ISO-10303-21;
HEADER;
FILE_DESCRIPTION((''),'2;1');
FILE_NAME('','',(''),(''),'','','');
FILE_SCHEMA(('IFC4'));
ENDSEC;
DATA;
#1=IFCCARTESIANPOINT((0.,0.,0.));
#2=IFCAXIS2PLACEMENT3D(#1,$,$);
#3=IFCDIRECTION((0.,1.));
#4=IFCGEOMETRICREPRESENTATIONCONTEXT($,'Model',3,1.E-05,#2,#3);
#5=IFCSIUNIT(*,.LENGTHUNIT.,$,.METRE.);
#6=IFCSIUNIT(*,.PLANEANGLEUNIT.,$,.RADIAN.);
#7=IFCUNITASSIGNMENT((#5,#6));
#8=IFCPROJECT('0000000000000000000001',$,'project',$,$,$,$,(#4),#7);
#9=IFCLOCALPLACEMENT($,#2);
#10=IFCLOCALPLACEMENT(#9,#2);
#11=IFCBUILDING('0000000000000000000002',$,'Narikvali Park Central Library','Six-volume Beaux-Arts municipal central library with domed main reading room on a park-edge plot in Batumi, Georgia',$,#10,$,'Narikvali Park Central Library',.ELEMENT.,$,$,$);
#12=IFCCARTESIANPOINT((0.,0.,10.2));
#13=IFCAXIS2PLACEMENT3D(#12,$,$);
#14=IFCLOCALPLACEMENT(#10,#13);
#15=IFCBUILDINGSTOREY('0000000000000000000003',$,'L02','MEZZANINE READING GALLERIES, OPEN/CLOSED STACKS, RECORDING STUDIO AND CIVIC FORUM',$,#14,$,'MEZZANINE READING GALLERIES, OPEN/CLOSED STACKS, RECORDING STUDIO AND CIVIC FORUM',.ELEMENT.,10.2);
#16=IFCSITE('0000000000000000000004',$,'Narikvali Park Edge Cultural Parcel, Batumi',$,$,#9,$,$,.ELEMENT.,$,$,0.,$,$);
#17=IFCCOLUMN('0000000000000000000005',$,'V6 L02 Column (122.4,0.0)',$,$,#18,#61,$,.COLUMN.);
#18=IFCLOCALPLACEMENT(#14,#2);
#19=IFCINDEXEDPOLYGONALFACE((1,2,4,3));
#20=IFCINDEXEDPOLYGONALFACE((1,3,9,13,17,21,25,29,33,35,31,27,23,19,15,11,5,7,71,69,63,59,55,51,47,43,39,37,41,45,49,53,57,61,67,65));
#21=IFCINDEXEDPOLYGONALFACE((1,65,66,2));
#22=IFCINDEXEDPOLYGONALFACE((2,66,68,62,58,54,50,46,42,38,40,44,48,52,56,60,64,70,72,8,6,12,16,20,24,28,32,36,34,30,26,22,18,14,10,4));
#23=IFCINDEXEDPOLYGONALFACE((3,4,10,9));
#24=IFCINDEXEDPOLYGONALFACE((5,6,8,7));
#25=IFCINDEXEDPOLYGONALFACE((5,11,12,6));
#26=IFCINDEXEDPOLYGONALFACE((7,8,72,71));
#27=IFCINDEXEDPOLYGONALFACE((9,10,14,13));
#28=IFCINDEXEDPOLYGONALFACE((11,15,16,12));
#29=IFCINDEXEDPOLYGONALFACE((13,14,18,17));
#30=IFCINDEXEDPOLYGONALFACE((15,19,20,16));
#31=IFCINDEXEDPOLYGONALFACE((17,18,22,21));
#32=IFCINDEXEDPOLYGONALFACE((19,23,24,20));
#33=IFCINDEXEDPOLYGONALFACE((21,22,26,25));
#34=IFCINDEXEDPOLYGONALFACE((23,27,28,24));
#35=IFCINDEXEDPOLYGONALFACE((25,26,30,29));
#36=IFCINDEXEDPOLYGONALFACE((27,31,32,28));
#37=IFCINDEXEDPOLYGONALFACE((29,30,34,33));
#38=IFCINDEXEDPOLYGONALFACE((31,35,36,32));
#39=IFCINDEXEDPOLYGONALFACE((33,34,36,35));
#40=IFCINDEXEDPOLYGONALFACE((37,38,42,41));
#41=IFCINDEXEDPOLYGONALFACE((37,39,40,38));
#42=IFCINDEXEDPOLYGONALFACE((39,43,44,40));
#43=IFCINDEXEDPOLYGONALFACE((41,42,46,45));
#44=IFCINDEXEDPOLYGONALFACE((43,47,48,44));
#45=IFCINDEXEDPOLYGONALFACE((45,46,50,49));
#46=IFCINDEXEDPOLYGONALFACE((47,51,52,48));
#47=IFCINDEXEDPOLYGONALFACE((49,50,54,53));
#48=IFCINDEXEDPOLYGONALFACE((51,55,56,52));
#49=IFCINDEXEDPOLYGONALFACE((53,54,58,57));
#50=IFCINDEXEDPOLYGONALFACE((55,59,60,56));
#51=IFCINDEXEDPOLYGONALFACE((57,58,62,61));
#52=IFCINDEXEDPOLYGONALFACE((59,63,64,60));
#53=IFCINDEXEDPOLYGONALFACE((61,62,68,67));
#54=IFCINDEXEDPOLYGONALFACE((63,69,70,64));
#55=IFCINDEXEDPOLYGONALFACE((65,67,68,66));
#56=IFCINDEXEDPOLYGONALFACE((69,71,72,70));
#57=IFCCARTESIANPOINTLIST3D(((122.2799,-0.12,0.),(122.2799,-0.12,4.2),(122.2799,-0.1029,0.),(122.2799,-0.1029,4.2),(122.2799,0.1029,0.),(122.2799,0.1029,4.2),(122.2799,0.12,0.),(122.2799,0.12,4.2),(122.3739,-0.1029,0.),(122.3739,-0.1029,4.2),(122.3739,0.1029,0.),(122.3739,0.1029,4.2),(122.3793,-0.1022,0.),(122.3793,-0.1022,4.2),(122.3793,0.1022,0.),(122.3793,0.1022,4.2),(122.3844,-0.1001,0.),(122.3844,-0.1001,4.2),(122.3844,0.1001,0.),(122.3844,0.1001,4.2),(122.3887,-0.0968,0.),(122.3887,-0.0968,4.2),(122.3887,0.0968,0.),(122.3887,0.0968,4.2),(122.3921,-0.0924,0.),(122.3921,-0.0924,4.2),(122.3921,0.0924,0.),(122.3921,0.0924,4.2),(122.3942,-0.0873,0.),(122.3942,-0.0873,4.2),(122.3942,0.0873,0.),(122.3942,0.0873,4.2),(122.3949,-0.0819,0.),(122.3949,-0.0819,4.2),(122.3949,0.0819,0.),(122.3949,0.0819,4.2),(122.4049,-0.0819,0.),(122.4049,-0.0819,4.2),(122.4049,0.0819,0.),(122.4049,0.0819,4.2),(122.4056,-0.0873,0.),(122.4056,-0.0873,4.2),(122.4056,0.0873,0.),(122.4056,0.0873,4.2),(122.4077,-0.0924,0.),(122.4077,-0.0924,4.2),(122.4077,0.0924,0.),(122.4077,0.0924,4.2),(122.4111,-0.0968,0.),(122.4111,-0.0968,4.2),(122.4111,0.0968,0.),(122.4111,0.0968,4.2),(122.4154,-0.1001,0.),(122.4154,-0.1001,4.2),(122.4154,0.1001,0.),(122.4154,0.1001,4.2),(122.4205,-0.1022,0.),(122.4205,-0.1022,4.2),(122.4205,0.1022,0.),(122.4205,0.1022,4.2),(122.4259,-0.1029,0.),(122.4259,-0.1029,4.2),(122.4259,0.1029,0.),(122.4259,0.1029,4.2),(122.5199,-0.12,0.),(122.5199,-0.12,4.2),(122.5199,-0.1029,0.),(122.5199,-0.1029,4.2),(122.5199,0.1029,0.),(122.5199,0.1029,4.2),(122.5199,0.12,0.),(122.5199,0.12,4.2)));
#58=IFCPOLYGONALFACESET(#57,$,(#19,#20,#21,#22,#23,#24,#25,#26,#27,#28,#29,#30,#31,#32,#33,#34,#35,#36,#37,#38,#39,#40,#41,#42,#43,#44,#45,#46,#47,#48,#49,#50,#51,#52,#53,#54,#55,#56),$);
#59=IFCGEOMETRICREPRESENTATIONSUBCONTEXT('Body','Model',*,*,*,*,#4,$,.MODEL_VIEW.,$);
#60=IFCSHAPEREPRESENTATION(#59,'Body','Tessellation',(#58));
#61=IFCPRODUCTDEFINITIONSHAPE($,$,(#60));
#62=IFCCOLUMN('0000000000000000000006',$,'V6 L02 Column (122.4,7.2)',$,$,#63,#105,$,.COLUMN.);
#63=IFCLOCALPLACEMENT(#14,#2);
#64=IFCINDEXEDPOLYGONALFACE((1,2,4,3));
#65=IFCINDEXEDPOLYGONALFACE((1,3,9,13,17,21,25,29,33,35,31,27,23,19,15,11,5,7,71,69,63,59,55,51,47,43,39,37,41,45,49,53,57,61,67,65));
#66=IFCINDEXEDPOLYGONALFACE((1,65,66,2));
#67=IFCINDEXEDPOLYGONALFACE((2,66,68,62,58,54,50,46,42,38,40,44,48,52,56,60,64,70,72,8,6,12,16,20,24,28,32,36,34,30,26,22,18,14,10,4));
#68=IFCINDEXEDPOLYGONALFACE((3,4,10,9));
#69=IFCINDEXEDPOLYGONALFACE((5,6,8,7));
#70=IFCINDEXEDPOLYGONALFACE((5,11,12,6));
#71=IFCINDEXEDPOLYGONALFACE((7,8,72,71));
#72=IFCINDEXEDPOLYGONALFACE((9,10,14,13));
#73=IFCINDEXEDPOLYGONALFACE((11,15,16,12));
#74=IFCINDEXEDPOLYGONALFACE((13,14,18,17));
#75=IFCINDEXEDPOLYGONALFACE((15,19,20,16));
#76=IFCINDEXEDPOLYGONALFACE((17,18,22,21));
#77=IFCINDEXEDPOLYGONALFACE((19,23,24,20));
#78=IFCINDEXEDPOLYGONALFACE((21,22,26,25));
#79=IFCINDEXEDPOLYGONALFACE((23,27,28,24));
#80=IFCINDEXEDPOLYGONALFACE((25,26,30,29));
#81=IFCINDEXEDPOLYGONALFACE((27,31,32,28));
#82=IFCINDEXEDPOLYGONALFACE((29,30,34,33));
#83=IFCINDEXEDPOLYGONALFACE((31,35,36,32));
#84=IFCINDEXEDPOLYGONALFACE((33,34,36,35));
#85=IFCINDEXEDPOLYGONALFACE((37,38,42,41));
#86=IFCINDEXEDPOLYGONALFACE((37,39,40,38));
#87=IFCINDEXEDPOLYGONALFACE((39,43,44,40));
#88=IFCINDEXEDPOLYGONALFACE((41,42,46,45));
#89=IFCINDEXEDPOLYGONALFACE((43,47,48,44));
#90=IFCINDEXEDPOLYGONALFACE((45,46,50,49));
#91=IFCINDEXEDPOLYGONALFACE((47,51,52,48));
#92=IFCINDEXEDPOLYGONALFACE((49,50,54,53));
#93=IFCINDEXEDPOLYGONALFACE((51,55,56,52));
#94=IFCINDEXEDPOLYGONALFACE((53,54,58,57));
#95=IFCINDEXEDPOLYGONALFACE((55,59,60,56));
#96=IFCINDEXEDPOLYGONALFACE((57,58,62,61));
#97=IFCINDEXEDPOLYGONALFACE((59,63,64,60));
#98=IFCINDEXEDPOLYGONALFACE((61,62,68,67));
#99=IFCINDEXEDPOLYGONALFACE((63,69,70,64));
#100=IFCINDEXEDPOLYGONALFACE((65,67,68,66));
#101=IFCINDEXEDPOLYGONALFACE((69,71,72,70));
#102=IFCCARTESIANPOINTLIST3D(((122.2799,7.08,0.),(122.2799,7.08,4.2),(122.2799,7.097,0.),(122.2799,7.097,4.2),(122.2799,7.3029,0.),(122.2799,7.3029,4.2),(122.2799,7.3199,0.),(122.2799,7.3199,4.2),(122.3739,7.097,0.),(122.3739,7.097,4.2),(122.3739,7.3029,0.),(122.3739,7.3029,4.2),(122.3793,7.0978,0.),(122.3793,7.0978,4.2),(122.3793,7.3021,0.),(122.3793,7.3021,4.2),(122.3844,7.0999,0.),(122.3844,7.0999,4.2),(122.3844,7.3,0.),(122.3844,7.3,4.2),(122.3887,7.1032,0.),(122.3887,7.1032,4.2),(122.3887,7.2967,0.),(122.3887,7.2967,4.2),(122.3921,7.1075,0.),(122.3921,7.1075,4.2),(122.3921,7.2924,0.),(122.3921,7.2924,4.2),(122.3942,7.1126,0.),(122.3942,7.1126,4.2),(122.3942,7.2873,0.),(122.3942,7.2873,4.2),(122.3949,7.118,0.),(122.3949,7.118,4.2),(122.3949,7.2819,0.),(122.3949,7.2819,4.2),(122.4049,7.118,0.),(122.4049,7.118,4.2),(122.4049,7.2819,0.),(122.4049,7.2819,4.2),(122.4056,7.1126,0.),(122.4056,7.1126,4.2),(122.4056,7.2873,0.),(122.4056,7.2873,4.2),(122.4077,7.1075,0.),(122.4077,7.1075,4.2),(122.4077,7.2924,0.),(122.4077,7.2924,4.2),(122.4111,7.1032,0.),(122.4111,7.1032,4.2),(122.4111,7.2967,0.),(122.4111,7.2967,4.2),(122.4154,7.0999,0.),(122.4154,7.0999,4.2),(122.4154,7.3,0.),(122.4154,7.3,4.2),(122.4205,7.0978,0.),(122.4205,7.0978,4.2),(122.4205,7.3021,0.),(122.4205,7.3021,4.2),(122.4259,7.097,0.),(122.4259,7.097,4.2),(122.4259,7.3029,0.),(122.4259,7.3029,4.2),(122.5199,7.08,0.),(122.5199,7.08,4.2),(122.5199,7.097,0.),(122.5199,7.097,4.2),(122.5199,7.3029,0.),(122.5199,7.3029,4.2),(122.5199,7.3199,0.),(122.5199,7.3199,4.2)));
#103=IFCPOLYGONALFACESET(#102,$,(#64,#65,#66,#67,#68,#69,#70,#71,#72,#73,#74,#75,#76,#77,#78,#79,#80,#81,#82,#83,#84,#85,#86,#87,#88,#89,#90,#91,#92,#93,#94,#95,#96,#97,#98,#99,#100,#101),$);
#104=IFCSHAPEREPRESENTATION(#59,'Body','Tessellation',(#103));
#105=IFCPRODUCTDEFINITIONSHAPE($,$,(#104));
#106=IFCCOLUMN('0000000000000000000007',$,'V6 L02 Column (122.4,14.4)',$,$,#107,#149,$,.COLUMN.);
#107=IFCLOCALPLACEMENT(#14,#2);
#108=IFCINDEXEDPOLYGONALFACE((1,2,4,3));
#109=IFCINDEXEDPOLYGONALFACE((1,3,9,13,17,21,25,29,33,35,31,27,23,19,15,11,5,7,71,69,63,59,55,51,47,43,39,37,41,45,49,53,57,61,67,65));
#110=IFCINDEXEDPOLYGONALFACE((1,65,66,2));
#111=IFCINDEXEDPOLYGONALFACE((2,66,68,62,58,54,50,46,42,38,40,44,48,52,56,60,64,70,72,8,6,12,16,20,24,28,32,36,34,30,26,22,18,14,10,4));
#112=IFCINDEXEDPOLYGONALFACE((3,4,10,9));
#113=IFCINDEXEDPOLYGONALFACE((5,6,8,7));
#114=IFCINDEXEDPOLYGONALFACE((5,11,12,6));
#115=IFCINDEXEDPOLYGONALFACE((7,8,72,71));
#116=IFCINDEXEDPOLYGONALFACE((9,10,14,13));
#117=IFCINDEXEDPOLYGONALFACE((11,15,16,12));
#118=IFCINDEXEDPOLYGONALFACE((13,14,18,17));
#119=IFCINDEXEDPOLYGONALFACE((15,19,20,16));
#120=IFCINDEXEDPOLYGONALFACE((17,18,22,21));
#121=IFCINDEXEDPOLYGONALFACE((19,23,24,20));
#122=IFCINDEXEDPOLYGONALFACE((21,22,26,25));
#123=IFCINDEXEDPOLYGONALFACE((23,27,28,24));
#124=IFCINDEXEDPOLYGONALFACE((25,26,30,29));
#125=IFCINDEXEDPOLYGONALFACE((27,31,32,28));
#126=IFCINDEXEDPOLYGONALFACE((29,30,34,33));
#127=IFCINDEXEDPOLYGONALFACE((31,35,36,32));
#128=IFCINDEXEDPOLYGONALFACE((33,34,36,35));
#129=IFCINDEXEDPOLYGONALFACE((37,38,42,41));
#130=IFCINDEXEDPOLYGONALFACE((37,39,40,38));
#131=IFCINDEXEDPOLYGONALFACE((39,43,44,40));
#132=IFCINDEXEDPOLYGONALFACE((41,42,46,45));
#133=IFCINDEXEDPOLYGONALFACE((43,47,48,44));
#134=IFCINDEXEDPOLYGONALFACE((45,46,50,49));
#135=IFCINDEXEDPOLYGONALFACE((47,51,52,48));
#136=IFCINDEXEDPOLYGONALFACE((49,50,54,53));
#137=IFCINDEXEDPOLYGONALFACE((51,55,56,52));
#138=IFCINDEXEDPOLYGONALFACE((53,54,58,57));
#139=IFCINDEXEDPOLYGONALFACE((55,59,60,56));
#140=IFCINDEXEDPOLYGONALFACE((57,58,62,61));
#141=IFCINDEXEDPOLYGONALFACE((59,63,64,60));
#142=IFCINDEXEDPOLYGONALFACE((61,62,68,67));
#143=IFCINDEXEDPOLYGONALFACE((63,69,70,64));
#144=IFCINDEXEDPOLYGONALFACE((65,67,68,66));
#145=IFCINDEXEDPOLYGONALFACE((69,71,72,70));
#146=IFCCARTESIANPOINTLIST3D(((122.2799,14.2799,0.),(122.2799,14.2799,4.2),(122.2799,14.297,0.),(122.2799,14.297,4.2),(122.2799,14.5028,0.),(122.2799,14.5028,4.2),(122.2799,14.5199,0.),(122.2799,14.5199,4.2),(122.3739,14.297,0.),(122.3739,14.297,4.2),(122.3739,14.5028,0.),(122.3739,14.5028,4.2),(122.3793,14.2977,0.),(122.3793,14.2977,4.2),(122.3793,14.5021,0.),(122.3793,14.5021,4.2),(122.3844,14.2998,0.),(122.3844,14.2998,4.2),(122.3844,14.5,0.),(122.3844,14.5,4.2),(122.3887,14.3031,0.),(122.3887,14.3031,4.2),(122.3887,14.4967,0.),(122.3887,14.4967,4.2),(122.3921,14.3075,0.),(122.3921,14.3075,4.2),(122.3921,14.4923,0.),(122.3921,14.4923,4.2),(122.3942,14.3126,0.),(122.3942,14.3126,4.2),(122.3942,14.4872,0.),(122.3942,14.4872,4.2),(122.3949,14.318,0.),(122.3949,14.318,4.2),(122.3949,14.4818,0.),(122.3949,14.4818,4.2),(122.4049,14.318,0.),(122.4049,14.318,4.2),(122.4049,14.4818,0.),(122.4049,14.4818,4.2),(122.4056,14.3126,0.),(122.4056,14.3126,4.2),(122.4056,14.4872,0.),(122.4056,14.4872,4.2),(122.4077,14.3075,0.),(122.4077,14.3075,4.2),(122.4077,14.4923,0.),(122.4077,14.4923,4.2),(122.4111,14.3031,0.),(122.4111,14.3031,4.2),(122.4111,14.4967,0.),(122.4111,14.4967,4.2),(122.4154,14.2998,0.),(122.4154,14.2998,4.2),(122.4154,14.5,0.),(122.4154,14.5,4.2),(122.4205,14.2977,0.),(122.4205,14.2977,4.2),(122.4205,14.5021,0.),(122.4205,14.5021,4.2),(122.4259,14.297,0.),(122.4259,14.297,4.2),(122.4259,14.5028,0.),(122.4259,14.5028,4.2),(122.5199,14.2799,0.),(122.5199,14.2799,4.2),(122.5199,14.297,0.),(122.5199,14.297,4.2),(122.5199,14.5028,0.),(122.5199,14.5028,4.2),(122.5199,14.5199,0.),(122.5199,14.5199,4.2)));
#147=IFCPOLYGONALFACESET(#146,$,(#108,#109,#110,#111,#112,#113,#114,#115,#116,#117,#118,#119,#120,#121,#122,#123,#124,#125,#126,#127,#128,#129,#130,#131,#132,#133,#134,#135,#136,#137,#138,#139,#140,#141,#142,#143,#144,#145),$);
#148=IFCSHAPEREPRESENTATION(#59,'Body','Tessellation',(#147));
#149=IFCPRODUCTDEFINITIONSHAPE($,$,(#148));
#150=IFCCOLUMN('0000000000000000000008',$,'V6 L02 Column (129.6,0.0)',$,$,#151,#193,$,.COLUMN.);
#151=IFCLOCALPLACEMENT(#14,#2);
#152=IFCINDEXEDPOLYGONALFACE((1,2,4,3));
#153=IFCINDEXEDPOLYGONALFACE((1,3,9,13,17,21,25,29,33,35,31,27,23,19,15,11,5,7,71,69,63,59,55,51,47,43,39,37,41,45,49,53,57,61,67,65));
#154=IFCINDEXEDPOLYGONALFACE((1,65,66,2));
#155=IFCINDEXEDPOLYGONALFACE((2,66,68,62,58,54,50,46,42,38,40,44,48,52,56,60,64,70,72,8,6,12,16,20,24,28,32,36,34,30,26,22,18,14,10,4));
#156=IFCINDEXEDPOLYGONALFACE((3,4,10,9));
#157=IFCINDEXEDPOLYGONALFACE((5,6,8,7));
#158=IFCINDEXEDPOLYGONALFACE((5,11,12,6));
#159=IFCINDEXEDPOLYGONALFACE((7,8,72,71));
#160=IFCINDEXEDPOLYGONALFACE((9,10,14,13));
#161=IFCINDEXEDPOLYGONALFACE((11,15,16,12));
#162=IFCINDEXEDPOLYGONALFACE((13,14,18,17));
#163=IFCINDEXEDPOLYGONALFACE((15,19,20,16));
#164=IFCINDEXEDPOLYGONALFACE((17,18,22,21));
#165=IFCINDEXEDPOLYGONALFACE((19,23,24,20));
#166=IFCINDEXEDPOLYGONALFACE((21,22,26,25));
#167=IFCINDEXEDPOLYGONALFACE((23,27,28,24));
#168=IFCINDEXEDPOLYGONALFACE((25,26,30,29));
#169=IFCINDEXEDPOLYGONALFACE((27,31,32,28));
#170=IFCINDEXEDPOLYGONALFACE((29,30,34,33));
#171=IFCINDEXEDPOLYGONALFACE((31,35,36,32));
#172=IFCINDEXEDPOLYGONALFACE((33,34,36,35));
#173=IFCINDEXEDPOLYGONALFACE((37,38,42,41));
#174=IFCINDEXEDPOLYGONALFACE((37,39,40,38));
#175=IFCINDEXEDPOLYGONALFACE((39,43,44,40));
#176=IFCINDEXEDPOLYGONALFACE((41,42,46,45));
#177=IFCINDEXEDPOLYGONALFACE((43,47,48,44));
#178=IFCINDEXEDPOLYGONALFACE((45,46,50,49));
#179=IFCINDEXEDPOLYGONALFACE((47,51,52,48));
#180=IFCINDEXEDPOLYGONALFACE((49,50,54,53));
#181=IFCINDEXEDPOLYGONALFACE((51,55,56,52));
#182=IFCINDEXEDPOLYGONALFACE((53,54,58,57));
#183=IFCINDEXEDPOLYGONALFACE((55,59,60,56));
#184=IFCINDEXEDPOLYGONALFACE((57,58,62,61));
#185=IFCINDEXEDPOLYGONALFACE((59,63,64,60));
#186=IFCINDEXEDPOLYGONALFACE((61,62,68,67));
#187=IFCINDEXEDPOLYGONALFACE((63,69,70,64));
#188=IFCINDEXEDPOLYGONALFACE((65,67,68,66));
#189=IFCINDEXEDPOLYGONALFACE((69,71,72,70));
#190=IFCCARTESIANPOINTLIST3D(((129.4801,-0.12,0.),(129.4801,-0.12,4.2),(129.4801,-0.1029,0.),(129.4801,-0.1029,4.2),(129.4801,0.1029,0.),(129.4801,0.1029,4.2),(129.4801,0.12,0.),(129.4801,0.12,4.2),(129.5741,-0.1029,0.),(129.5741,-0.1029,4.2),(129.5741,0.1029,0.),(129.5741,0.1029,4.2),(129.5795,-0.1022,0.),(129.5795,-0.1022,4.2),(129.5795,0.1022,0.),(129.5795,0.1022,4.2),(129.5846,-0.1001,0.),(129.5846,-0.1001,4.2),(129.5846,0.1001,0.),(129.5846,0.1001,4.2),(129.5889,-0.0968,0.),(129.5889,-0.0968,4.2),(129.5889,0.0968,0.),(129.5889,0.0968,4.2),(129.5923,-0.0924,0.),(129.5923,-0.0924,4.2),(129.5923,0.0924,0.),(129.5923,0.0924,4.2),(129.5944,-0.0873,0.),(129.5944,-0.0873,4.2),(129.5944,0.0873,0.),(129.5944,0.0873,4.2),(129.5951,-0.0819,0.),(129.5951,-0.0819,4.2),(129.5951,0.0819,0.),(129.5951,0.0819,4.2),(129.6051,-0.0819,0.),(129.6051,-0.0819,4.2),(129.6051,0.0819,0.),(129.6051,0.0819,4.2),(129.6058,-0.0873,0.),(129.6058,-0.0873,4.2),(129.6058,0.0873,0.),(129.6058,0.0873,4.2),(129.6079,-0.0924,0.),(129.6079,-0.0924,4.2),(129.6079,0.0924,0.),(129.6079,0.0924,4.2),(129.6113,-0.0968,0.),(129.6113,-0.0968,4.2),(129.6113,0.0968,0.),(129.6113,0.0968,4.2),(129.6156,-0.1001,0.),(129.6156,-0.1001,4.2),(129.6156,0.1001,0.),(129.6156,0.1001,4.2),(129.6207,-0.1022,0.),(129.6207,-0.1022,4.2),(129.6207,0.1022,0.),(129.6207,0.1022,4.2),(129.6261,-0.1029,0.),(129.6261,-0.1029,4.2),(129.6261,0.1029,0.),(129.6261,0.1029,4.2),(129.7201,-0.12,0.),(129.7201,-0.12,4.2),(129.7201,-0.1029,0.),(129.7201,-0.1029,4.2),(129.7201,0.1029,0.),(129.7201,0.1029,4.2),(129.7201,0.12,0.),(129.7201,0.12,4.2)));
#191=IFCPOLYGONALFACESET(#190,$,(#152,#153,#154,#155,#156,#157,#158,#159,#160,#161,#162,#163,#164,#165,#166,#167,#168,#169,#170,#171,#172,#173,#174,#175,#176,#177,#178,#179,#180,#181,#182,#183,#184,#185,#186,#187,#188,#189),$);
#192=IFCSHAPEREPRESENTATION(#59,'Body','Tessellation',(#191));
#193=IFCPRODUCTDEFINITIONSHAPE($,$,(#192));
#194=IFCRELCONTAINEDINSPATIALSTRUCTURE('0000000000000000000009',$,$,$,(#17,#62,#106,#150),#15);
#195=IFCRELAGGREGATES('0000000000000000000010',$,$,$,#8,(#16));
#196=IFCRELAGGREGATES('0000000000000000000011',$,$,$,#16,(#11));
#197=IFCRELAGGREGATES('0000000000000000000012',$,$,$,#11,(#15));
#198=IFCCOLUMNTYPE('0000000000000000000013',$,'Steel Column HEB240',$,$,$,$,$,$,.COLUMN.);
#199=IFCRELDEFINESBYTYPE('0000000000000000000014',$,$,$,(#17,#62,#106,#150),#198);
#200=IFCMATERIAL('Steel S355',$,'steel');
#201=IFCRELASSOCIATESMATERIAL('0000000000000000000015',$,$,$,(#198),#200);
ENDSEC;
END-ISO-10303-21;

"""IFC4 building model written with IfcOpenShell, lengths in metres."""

from ifc_helpers import new_model, si_unit, direction, frame, origin, origin_2d, place, context, subcontext, project, spatial, i_section, extrude, material, material_profile, profile_set, type_object, element, save


model = new_model("IFC4")

# Units and contexts
model_context = context("Model", 3, precision=1e-05, world=origin(), true_north=direction((0.0, 1.0)))
body_context = subcontext(model_context, "Body", "Model", "MODEL_VIEW")
ifc_project = project(units=[si_unit("LENGTHUNIT", "METRE"), si_unit("PLANEANGLEUNIT", "RADIAN")], contexts=[model_context])

# Site, building, storey
site_placement = place(None, origin())
site = spatial("IfcSite", under=ifc_project, at=site_placement, Name="Narikvali Park Edge Cultural Parcel, Batumi", CompositionType="ELEMENT", RefElevation=0.0)
building_placement = place(site_placement, origin())
building = spatial("IfcBuilding", under=site, at=building_placement, Name="Narikvali Park Central Library", Description="Six-volume Beaux-Arts municipal central library with domed main reading room on a park-edge plot in Batumi, Georgia", LongName="Narikvali Park Central Library", CompositionType="ELEMENT")
storey_placement = place(building_placement, frame((0.0, 0.0, 10.2)))
storey = spatial("IfcBuildingStorey", under=building, at=storey_placement, Name="L02", Description="MEZZANINE READING GALLERIES, OPEN/CLOSED STACKS, RECORDING STUDIO AND CIVIC FORUM", LongName="MEZZANINE READING GALLERIES, OPEN/CLOSED STACKS, RECORDING STUDIO AND CIVIC FORUM", CompositionType="ELEMENT", Elevation=10.2)

# Columns
ifc_material_1 = material(Name="Steel S355", Category="steel")
ifc_material_profile_1 = material_profile(ifc_material_1, i_section(OverallWidth=0.24, OverallDepth=0.24, WebThickness=0.01, FlangeThickness=0.0171, FilletRadius=0.021, at=origin_2d()), Name="HEB 240")
ifc_profile_set_1 = profile_set([ifc_material_profile_1], Name="Steel S355")
column_type = type_object("IfcColumnType", Name="Steel Column HEB240", PredefinedType="COLUMN", material=ifc_profile_set_1)
for number, where, z_axis, x_axis, name in (
    (1, (122.3999, 0.0, 0.0), (0.0, 0.0, 1.0), (1.0, 0.0, 0.0), "V6 L02 Column (122.4,0.0)"),
    (2, (122.3999, 7.2, 0.0), (0.0, 0.0, 1.0), (1.0, 0.0, 0.0), "V6 L02 Column (122.4,7.2)"),
    (3, (122.3999, 14.3999, 0.0), (0.0, 0.0, 1.0), (1.0, 0.0, 0.0), "V6 L02 Column (122.4,14.4)"),
    (4, (129.6001, 0.0, 0.0), (0.0, 0.0, 1.0), (1.0, 0.0, 0.0), "V6 L02 Column (129.6,0.0)"),
):
    element("IfcColumn", number, at=place(storey_placement, frame(where, z_axis=z_axis, x_axis=x_axis)), inside=storey, type_object=column_type, Name=name, PredefinedType="COLUMN", context=body_context, shape_type="SweptSolid", body=[
        extrude(i_section(OverallWidth=0.24, OverallDepth=0.24, WebThickness=0.01, FlangeThickness=0.0171, FilletRadius=0.021, at=origin_2d()), origin(), (0.0, 0.0, 1.0), 4.2),
    ])

save(model, "model.ifc")
